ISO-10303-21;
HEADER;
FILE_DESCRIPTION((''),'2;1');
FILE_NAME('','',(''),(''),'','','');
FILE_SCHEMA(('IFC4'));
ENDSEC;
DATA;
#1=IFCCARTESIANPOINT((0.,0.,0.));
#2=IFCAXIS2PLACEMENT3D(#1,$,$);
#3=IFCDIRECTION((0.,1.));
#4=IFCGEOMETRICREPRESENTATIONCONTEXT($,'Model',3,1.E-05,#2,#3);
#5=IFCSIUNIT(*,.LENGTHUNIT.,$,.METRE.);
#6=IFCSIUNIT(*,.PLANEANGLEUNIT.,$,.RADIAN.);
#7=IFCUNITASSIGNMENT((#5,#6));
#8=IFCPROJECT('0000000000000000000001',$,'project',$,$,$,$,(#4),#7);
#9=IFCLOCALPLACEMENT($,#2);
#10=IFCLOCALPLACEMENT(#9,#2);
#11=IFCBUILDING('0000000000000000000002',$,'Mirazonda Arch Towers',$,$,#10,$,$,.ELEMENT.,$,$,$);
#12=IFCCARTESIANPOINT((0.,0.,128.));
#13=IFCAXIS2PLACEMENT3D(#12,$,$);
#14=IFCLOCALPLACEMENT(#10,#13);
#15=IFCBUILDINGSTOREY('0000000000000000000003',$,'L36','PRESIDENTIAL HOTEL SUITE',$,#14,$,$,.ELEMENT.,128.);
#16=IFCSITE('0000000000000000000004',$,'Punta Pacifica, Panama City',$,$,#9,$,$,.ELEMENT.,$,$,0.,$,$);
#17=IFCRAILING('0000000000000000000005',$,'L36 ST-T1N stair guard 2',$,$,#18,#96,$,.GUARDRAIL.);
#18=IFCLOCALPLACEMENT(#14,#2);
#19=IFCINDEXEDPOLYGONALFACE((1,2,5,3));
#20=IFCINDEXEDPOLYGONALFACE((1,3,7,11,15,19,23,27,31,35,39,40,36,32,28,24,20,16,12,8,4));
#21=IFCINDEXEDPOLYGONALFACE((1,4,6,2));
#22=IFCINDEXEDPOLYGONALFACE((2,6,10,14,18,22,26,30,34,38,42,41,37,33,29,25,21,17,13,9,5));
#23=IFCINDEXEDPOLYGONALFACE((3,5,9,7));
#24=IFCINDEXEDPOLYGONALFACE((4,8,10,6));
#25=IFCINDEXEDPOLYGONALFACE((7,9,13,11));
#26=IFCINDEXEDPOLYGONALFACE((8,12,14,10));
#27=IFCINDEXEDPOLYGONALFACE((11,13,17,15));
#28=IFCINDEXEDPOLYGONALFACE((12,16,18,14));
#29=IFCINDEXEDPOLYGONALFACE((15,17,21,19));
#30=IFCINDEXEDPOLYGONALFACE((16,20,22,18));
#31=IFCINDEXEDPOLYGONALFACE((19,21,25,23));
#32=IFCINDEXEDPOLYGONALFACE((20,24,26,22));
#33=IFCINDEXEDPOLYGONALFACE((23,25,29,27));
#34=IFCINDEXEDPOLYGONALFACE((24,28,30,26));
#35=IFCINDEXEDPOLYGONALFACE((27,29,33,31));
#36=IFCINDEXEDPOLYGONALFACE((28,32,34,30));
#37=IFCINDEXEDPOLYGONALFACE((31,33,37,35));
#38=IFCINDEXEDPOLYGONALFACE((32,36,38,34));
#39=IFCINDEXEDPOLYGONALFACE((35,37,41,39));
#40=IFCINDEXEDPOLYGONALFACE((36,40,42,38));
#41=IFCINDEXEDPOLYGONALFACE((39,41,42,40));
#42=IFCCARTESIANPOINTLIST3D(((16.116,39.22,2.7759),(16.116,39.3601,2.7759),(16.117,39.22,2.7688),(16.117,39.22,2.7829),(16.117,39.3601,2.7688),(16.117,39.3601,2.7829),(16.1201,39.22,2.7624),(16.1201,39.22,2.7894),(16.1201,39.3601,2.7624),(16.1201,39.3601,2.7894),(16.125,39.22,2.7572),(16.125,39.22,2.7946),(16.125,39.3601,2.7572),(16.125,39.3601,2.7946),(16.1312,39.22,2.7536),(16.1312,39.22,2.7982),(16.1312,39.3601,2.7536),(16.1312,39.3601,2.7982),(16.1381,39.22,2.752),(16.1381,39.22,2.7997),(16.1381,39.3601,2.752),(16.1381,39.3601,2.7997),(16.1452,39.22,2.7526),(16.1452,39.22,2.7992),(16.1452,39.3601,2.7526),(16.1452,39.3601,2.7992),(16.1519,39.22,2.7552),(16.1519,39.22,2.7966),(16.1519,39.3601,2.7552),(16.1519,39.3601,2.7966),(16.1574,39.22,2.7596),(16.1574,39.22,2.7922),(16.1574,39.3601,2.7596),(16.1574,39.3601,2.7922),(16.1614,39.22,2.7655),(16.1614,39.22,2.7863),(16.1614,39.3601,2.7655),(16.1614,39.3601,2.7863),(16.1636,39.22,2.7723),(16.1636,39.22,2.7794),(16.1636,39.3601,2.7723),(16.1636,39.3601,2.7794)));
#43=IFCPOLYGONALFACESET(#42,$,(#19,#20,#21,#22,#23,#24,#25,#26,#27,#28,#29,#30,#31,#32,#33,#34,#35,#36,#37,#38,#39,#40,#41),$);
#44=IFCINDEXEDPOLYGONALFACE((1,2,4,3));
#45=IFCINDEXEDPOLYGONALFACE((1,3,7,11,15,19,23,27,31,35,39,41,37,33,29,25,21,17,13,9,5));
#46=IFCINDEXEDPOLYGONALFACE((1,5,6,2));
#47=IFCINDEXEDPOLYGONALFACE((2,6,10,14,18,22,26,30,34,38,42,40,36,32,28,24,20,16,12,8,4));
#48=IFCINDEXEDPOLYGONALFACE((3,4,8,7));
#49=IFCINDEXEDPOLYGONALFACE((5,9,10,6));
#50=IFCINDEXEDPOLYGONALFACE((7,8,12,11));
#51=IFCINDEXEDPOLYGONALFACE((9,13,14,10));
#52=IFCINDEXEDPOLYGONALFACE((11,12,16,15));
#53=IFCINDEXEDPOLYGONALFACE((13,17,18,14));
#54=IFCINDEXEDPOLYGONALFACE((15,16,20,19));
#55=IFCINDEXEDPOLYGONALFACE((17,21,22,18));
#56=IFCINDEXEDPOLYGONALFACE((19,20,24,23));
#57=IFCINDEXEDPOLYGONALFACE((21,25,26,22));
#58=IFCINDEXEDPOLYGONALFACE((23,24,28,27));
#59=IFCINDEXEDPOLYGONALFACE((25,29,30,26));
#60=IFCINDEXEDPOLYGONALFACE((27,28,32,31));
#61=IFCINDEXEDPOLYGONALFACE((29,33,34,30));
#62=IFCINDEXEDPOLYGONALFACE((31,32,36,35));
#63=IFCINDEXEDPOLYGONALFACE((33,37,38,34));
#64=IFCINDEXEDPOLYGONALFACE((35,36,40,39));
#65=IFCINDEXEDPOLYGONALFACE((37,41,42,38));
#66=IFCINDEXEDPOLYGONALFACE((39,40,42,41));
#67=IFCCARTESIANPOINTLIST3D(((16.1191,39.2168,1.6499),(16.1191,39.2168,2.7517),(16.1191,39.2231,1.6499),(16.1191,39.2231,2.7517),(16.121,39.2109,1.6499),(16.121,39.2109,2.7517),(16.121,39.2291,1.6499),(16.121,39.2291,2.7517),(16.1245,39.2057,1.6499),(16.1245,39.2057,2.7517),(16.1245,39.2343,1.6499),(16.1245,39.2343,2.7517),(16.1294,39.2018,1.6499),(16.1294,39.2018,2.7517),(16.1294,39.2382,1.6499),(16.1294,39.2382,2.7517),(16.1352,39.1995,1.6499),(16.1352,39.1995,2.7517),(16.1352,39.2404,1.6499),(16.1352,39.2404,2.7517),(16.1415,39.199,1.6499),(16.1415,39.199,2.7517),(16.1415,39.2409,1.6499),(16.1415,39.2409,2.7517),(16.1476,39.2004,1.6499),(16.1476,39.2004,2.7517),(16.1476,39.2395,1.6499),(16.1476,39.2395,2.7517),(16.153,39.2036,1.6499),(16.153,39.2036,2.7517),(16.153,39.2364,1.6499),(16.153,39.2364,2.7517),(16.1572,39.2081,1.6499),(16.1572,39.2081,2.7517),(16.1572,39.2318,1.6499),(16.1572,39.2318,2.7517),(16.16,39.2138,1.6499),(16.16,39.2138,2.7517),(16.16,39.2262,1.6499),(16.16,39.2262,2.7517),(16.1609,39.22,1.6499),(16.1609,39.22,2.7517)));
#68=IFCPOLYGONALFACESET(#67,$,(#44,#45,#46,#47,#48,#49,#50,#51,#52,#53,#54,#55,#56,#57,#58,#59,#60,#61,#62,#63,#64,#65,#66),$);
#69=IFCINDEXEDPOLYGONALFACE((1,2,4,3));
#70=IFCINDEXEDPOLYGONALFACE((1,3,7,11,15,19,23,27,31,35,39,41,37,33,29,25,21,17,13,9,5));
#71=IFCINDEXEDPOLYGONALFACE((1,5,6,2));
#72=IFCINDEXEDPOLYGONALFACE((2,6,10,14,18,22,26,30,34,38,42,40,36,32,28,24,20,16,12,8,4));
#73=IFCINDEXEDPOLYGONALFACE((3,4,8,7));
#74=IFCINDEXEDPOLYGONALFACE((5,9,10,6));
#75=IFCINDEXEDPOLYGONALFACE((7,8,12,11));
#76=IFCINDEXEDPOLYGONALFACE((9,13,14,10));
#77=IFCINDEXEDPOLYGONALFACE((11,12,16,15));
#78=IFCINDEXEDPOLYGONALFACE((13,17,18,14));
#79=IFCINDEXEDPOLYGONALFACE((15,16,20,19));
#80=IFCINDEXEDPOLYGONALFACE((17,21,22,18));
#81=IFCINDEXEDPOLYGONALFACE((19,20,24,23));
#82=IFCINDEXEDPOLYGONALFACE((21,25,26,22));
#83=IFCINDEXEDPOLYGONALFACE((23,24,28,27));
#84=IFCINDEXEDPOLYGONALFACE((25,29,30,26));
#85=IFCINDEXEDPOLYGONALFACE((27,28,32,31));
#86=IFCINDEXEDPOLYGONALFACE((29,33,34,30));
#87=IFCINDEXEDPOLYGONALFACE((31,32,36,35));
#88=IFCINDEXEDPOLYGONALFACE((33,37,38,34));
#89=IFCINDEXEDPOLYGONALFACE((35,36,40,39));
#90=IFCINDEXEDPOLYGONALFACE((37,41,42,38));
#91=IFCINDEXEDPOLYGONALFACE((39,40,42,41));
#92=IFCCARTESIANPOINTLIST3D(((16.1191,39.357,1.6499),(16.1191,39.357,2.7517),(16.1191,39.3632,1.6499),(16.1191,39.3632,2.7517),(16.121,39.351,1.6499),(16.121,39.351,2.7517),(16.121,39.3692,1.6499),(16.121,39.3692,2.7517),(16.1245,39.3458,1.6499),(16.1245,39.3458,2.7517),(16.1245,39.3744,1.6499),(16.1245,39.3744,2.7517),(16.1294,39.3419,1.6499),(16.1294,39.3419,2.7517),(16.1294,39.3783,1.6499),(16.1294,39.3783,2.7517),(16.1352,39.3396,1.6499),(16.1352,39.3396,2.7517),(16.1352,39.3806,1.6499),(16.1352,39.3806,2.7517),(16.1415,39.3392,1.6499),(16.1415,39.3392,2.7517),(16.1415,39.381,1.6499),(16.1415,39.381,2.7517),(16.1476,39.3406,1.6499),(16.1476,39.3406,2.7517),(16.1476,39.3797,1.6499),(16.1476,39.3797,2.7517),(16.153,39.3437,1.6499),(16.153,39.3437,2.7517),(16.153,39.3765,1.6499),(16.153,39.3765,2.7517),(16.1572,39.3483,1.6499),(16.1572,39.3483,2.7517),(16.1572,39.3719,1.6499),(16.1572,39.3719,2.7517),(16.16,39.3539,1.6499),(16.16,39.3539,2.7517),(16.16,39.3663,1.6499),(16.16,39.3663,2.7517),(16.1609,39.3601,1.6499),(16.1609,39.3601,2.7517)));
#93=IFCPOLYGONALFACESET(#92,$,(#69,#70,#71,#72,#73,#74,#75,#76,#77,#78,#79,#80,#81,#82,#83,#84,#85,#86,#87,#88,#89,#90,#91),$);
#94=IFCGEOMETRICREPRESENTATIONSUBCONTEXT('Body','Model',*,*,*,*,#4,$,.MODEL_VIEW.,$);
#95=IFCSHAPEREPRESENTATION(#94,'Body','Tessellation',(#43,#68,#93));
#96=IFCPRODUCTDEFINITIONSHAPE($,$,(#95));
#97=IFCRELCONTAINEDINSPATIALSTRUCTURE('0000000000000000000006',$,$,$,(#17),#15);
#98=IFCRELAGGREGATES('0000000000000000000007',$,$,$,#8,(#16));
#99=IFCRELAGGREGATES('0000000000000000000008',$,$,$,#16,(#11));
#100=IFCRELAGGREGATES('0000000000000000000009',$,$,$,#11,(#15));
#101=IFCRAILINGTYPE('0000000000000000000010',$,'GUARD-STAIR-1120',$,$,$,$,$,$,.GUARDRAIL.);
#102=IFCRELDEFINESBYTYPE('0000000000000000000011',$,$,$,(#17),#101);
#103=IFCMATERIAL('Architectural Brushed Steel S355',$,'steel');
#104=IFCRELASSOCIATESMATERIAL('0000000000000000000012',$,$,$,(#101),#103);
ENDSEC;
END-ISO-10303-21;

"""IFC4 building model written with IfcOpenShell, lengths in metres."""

from ifc_helpers import new_model, si_unit, direction, frame, origin, origin_2d, place, context, subcontext, project, spatial, circle, extrude, material, type_object, element, save


model = new_model("IFC4")

# Units and contexts
model_context = context("Model", 3, precision=1e-05, world=origin(), true_north=direction((0.0, 1.0)))
body_context = subcontext(model_context, "Body", "Model", "MODEL_VIEW")
ifc_project = project(units=[si_unit("LENGTHUNIT", "METRE"), si_unit("PLANEANGLEUNIT", "RADIAN")], contexts=[model_context])

# Site, building, storey
site_placement = place(None, origin())
site = spatial("IfcSite", under=ifc_project, at=site_placement, Name="Punta Pacifica, Panama City", CompositionType="ELEMENT", RefElevation=0.0)
building_placement = place(site_placement, origin())
building = spatial("IfcBuilding", under=site, at=building_placement, Name="Mirazonda Arch Towers", CompositionType="ELEMENT")
storey_placement = place(building_placement, frame((0.0, 0.0, 128.0)))
storey = spatial("IfcBuildingStorey", under=building, at=storey_placement, Name="L36", Description="PRESIDENTIAL HOTEL SUITE", CompositionType="ELEMENT", Elevation=128.0)

# Shared definitions
ifc_material_1 = material(Name="Architectural Brushed Steel S355", Category="steel")

# Railing
railing_type_1 = type_object("IfcRailingType", Name="GUARD-STAIR-1120", PredefinedType="GUARDRAIL", material=ifc_material_1)
railing_1_placement = place(storey_placement, frame((16.1399, 39.22, 1.6499)))
element("IfcRailing", 1, at=railing_1_placement, inside=storey, type_object=railing_type_1, Name="L36 ST-T1N stair guard 2", PredefinedType="GUARDRAIL", context=body_context, shape_type="SweptSolid", body=[
    extrude(circle(Radius=0.0239, at=origin_2d()), frame((0.0, 0.0, 1.126), z_axis=(0.0, 1.0, 0.0), x_axis=(-1.0, 0.0, 0.0)), (0.0, 0.0, 1.0), 0.1401),
    extrude(circle(Radius=0.021, at=origin_2d()), origin(), (0.0, 0.0, 1.0), 1.1018),
    extrude(circle(Radius=0.021, at=origin_2d()), frame((0.0, 0.1401, 0.0)), (0.0, 0.0, 1.0), 1.1018),
])

save(model, "model.ifc")
